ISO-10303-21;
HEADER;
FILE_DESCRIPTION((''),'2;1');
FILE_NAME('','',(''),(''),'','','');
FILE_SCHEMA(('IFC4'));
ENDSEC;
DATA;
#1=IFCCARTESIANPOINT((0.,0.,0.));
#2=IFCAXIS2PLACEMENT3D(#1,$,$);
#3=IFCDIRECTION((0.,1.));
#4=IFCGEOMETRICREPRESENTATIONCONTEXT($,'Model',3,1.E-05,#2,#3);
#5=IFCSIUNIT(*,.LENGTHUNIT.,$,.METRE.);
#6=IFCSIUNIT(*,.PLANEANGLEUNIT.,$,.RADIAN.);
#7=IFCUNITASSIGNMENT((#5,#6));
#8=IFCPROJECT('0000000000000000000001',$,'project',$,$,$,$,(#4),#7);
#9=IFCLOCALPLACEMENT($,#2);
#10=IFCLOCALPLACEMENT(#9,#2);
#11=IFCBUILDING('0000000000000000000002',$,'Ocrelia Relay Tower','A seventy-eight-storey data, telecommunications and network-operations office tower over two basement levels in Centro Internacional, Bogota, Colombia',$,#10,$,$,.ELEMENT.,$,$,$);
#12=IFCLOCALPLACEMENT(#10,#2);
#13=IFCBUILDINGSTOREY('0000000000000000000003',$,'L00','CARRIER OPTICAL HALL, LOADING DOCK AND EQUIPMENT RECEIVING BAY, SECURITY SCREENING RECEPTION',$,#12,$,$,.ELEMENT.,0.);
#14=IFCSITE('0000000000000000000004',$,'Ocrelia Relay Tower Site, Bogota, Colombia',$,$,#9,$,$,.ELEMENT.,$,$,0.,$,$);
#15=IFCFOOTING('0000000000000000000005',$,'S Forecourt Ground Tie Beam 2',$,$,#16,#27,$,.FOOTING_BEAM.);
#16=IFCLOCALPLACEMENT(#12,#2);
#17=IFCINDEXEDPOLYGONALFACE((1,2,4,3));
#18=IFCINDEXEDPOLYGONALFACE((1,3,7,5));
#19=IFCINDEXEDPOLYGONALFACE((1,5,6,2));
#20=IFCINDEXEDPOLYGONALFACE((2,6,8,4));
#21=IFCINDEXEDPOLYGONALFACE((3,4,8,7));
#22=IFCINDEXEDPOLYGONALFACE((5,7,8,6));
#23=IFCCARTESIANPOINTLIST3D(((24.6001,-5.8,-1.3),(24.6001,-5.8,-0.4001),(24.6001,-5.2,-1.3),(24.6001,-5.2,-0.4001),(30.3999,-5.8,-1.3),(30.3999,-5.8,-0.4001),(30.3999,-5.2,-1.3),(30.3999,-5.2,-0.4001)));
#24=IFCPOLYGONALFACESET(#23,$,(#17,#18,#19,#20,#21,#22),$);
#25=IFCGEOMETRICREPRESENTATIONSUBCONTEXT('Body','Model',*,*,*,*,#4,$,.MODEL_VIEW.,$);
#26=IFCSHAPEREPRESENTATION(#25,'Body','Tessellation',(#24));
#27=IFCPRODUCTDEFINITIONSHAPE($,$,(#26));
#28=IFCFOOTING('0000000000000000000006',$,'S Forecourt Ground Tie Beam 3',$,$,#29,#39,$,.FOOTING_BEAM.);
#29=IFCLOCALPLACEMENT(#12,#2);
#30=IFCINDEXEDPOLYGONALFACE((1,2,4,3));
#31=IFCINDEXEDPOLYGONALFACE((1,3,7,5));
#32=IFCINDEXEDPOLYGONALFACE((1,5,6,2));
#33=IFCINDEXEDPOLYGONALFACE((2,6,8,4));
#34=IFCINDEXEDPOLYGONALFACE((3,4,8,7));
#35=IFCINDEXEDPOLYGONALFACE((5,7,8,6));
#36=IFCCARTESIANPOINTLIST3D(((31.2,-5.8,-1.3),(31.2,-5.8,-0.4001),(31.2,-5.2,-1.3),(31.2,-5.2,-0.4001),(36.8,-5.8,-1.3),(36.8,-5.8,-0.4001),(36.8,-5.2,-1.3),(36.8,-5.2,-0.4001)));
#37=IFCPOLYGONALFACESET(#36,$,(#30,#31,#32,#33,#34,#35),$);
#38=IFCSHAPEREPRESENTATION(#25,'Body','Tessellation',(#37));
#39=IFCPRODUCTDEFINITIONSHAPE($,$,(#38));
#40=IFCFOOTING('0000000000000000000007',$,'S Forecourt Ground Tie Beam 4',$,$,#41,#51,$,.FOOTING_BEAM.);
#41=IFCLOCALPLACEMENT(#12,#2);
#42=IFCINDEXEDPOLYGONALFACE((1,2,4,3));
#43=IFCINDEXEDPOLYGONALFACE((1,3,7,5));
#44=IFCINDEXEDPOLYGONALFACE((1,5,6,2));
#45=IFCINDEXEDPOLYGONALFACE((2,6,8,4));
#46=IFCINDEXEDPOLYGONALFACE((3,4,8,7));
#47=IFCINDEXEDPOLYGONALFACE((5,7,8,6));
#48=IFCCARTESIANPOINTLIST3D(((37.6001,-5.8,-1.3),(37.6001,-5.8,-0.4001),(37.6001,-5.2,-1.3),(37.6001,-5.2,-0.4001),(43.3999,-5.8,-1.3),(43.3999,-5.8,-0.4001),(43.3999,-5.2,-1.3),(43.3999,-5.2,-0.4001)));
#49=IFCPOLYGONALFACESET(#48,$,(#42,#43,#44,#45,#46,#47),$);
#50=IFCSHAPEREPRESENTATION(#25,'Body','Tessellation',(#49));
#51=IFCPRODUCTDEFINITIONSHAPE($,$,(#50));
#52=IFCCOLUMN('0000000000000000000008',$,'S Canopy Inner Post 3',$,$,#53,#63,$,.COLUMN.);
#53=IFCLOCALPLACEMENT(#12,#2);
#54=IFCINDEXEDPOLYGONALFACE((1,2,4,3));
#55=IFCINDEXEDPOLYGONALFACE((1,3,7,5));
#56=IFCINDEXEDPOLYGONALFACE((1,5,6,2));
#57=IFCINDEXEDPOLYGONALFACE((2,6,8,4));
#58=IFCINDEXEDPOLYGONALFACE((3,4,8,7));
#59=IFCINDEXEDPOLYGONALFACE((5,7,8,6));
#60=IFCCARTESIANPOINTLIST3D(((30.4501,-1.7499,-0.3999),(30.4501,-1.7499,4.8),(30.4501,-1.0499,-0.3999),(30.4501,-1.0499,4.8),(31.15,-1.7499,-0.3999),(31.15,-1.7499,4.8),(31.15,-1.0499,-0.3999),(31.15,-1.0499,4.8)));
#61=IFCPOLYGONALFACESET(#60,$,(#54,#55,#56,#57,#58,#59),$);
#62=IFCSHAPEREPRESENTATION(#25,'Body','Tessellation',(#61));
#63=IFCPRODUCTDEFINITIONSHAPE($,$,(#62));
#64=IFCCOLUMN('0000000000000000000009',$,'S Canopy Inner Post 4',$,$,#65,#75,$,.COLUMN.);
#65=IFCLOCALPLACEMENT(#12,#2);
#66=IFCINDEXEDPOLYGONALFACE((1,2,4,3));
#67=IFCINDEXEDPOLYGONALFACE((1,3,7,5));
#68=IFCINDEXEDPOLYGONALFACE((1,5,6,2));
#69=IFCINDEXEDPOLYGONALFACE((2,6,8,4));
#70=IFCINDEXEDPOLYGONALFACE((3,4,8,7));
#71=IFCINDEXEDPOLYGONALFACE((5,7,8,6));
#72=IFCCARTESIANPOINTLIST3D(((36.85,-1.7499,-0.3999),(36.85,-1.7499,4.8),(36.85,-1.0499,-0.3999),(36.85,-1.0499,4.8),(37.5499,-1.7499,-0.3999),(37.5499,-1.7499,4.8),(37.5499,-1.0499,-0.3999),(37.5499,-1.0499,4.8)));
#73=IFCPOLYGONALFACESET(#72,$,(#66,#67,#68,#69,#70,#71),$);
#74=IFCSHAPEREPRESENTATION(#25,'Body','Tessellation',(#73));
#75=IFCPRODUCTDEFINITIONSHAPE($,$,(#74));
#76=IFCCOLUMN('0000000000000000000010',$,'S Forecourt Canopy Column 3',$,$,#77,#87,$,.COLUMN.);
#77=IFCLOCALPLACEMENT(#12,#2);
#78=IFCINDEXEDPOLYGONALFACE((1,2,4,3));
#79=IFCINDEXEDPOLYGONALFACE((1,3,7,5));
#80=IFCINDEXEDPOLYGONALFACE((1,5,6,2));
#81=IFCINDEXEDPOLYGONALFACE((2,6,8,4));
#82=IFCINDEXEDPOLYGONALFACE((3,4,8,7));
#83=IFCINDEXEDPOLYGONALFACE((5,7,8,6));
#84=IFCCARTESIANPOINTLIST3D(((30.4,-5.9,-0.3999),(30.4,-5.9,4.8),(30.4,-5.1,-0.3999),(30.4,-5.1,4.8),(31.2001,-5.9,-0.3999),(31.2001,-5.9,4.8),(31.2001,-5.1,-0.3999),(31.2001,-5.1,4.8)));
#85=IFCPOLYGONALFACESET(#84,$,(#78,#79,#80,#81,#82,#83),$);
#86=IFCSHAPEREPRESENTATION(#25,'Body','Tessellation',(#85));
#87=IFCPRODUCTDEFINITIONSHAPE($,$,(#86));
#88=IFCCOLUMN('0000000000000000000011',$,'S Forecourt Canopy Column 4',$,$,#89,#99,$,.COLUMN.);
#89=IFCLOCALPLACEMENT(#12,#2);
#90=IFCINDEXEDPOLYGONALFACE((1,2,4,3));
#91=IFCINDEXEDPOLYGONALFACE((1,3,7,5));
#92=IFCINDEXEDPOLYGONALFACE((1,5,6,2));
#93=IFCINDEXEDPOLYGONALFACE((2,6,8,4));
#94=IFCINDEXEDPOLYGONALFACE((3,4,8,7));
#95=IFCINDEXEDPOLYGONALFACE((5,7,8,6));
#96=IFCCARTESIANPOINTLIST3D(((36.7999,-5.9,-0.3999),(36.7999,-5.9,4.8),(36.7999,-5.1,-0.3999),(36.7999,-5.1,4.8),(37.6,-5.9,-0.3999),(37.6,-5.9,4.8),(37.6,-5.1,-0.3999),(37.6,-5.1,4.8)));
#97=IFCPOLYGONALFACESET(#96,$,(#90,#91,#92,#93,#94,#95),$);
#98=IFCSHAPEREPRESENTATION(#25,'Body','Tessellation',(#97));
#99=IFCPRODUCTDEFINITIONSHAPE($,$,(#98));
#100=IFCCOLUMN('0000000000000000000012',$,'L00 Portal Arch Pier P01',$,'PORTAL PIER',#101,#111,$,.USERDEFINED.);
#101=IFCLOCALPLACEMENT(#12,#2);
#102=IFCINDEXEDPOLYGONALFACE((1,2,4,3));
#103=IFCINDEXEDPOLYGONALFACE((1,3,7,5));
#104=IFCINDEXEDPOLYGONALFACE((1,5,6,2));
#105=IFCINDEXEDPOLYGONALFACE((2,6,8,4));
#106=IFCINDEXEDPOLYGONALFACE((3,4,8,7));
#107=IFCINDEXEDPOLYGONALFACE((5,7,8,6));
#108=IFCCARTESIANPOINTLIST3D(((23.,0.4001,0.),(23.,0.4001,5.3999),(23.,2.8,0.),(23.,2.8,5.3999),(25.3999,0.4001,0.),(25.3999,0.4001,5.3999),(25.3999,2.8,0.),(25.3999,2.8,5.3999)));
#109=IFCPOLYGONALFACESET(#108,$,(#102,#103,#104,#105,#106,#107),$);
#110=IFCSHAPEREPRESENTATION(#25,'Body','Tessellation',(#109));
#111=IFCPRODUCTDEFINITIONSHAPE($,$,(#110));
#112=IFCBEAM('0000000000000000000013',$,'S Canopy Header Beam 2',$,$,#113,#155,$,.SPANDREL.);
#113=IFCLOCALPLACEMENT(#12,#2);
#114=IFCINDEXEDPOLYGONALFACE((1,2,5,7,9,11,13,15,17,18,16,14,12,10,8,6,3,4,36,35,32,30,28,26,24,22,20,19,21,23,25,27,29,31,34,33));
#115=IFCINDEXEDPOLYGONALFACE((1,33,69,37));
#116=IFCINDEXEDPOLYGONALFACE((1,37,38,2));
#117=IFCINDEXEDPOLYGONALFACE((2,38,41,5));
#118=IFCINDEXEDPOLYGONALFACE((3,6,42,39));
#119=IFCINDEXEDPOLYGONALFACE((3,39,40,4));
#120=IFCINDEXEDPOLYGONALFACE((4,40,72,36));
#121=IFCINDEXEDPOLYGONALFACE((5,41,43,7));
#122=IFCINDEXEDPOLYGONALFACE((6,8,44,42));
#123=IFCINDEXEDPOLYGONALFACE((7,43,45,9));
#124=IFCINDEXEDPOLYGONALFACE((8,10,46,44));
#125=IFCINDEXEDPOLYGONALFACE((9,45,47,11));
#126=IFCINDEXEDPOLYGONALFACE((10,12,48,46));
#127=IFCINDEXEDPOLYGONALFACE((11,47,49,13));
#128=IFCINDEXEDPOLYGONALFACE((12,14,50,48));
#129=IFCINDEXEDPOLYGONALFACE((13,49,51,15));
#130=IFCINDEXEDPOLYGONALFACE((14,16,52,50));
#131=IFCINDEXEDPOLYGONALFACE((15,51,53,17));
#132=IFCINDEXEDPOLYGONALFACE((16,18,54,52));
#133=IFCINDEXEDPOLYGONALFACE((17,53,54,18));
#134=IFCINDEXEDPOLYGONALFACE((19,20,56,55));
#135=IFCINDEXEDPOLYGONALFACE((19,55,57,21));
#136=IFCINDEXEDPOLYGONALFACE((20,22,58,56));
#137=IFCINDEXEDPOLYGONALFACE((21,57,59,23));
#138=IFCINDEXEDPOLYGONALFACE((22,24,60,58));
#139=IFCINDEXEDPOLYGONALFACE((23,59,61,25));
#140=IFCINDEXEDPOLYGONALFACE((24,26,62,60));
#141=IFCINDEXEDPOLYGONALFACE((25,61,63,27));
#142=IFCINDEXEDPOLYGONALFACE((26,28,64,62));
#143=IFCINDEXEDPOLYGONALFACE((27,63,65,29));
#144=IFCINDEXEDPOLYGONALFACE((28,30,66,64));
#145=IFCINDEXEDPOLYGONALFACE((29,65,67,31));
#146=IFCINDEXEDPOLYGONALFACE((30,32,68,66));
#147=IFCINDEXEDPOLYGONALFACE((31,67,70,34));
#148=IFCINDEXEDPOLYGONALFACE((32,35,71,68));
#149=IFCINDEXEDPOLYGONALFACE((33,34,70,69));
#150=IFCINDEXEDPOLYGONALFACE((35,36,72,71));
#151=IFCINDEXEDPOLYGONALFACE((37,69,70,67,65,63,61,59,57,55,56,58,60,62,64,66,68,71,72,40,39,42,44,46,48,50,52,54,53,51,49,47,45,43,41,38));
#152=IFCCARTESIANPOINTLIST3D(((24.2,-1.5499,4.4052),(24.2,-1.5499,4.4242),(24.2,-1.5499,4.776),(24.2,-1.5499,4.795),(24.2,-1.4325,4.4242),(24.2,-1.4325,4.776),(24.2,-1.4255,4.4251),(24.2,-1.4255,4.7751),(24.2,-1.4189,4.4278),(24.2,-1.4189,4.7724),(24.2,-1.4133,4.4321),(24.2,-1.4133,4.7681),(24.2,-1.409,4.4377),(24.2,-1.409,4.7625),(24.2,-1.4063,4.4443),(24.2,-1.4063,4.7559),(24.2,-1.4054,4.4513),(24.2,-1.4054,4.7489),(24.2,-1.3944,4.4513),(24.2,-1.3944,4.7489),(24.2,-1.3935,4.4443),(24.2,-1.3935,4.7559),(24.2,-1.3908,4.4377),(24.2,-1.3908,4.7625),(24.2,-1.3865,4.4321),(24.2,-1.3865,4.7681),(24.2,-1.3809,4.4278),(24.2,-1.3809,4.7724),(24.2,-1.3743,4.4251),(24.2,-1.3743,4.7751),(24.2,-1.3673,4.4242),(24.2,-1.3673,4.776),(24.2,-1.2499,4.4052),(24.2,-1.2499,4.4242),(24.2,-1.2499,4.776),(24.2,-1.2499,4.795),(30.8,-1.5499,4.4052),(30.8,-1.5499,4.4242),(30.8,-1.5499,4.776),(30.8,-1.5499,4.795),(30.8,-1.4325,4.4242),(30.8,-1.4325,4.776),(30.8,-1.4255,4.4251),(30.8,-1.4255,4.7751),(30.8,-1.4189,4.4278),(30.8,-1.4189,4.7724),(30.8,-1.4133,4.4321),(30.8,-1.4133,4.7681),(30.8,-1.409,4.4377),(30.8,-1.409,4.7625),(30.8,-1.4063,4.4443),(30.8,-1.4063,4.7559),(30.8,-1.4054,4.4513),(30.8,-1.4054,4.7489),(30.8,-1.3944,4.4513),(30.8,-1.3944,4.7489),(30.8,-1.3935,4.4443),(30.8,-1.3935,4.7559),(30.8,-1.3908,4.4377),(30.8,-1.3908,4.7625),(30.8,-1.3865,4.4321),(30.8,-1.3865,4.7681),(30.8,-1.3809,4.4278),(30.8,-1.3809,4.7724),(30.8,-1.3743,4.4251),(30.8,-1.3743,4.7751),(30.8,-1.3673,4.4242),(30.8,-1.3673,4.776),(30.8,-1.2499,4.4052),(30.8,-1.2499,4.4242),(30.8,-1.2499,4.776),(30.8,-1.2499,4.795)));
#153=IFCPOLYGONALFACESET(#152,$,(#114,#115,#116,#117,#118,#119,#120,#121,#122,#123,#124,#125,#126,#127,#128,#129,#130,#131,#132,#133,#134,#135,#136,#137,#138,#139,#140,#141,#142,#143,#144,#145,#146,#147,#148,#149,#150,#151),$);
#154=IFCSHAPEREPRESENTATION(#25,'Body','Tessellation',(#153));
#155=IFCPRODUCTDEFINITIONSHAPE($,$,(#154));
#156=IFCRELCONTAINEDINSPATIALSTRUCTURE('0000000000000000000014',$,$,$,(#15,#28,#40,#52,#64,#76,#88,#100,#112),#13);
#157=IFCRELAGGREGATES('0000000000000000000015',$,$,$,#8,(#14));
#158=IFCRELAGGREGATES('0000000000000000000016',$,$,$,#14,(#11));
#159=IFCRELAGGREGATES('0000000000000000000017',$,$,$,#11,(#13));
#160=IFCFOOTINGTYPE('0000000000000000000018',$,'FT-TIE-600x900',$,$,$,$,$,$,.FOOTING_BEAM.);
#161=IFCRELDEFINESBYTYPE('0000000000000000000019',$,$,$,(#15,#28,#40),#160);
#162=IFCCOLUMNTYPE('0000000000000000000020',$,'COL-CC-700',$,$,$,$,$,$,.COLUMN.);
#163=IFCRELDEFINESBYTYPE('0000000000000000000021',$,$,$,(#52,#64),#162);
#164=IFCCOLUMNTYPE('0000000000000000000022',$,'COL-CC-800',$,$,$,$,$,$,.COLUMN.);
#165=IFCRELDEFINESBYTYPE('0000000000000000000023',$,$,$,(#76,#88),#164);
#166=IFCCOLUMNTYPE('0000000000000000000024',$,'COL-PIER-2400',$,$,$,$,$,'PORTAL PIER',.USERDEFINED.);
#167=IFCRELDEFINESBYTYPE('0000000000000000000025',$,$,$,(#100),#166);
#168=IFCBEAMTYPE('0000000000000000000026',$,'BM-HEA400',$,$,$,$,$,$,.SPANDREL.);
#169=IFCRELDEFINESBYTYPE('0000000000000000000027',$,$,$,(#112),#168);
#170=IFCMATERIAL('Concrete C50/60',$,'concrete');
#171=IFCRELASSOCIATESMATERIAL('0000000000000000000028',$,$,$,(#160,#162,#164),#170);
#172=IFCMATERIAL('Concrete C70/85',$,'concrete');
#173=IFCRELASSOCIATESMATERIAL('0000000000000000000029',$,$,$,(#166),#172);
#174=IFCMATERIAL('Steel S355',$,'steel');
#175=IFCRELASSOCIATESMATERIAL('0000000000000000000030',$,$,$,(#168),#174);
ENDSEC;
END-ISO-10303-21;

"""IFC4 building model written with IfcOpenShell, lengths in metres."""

from ifc_helpers import new_model, si_unit, direction, frame, origin, origin_2d, place, context, subcontext, project, spatial, rectangle, i_section, extrude, material, material_profile, profile_set, type_object, element, save


model = new_model("IFC4")

# Units and contexts
model_context = context("Model", 3, precision=1e-05, world=origin(), true_north=direction((0.0, 1.0)))
body_context = subcontext(model_context, "Body", "Model", "MODEL_VIEW")
ifc_project = project(units=[si_unit("LENGTHUNIT", "METRE"), si_unit("PLANEANGLEUNIT", "RADIAN")], contexts=[model_context])

# Site, building, storey
site_placement = place(None, origin())
site = spatial("IfcSite", under=ifc_project, at=site_placement, Name="Ocrelia Relay Tower Site, Bogota, Colombia", CompositionType="ELEMENT", RefElevation=0.0)
building_placement = place(site_placement, origin())
building = spatial("IfcBuilding", under=site, at=building_placement, Name="Ocrelia Relay Tower", Description="A seventy-eight-storey data, telecommunications and network-operations office tower over two basement levels in Centro Internacional, Bogota, Colombia", CompositionType="ELEMENT")
storey_placement = place(building_placement, origin())
storey = spatial("IfcBuildingStorey", under=building, at=storey_placement, Name="L00", Description="CARRIER OPTICAL HALL, LOADING DOCK AND EQUIPMENT RECEIVING BAY, SECURITY SCREENING RECEPTION", CompositionType="ELEMENT", Elevation=0.0)

# Footings
ifc_material_1 = material(Name="Concrete C50/60", Category="concrete")
ifc_material_profile_1 = material_profile(ifc_material_1, rectangle(XDim=0.6001, YDim=0.8999, at=origin_2d()), Name="RC-BM-600x900")
ifc_profile_set_1 = profile_set([ifc_material_profile_1], Name="Concrete C50/60")
footing_type = type_object("IfcFootingType", Name="FT-TIE-600x900", PredefinedType="FOOTING_BEAM", material=ifc_profile_set_1)
footing_1_placement = place(storey_placement, frame((24.6001, -5.5, -0.8501), z_axis=(1.0, 0.0, 0.0), x_axis=(0.0, 1.0, 0.0)))
element("IfcFooting", 1, at=footing_1_placement, inside=storey, type_object=footing_type, Name="S Forecourt Ground Tie Beam 2", PredefinedType="FOOTING_BEAM", context=body_context, shape_type="SweptSolid", body=[
    extrude(rectangle(XDim=0.6001, YDim=0.8999, at=origin_2d()), origin(), (0.0, 0.0, 1.0), 5.7998),
])
footing_2_placement = place(storey_placement, frame((31.2, -5.5, -0.8501), z_axis=(1.0, 0.0, 0.0), x_axis=(0.0, 1.0, 0.0)))
element("IfcFooting", 2, at=footing_2_placement, inside=storey, type_object=footing_type, Name="S Forecourt Ground Tie Beam 3", PredefinedType="FOOTING_BEAM", context=body_context, shape_type="SweptSolid", body=[
    extrude(rectangle(XDim=0.6001, YDim=0.8999, at=origin_2d()), origin(), (0.0, 0.0, 1.0), 5.6001),
])
footing_3_placement = place(storey_placement, frame((37.6001, -5.5, -0.8501), z_axis=(1.0, 0.0, 0.0), x_axis=(0.0, 1.0, 0.0)))
element("IfcFooting", 3, at=footing_3_placement, inside=storey, type_object=footing_type, Name="S Forecourt Ground Tie Beam 4", PredefinedType="FOOTING_BEAM", context=body_context, shape_type="SweptSolid", body=[
    extrude(rectangle(XDim=0.6001, YDim=0.8999, at=origin_2d()), origin(), (0.0, 0.0, 1.0), 5.7998),
])

# Columns
ifc_material_profile_2 = material_profile(ifc_material_1, rectangle(XDim=0.7, YDim=0.7, at=origin_2d()), Name="RC-COL-700x700")
ifc_profile_set_2 = profile_set([ifc_material_profile_2], Name="Concrete C50/60")
column_type_1 = type_object("IfcColumnType", Name="COL-CC-700", PredefinedType="COLUMN", material=ifc_profile_set_2)
for number, where, z_axis, x_axis, name in (
    (4, (30.8, -1.3999, -0.3999), (0.0, 0.0, 1.0), (1.0, 0.0, 0.0), "S Canopy Inner Post 3"),
    (5, (37.2, -1.3999, -0.3999), (0.0, 0.0, 1.0), (1.0, 0.0, 0.0), "S Canopy Inner Post 4"),
):
    element("IfcColumn", number, at=place(storey_placement, frame(where, z_axis=z_axis, x_axis=x_axis)), inside=storey, type_object=column_type_1, Name=name, PredefinedType="COLUMN", context=body_context, shape_type="SweptSolid", body=[
        extrude(rectangle(XDim=0.7, YDim=0.7, at=origin_2d()), origin(), (0.0, 0.0, 1.0), 5.2),
    ])
ifc_material_profile_3 = material_profile(ifc_material_1, rectangle(XDim=0.8, YDim=0.8, at=origin_2d()), Name="RC-COL-800x800")
ifc_profile_set_3 = profile_set([ifc_material_profile_3], Name="Concrete C50/60")
column_type_2 = type_object("IfcColumnType", Name="COL-CC-800", PredefinedType="COLUMN", material=ifc_profile_set_3)
for number, where, z_axis, x_axis, name in (
    (6, (30.8, -5.5, -0.3999), (0.0, 0.0, 1.0), (1.0, 0.0, 0.0), "S Forecourt Canopy Column 3"),
    (7, (37.2, -5.5, -0.3999), (0.0, 0.0, 1.0), (1.0, 0.0, 0.0), "S Forecourt Canopy Column 4"),
):
    element("IfcColumn", number, at=place(storey_placement, frame(where, z_axis=z_axis, x_axis=x_axis)), inside=storey, type_object=column_type_2, Name=name, PredefinedType="COLUMN", context=body_context, shape_type="SweptSolid", body=[
        extrude(rectangle(XDim=0.8, YDim=0.8, at=origin_2d()), origin(), (0.0, 0.0, 1.0), 5.2),
    ])
ifc_material_2 = material(Name="Concrete C70/85", Category="concrete")
ifc_material_profile_4 = material_profile(ifc_material_2, rectangle(XDim=2.3999, YDim=2.3999, at=origin_2d()), Name="RC-PIER-2400x2400")
ifc_profile_set_4 = profile_set([ifc_material_profile_4], Name="Concrete C70/85")
column_type_3 = type_object("IfcColumnType", Name="COL-PIER-2400", ElementType="PORTAL PIER", PredefinedType="USERDEFINED", material=ifc_profile_set_4)
column_placement = place(storey_placement, frame((24.2, 1.6001, 0.0), z_axis=(0.0, 0.0, 1.0), x_axis=(1.0, 0.0, 0.0)))
element("IfcColumn", 8, at=column_placement, inside=storey, type_object=column_type_3, Name="L00 Portal Arch Pier P01", ObjectType="PORTAL PIER", PredefinedType="USERDEFINED", context=body_context, shape_type="SweptSolid", body=[
    extrude(rectangle(XDim=2.3999, YDim=2.3999, at=origin_2d()), origin(), (0.0, 0.0, 1.0), 5.3999),
])

# Beam
ifc_material_3 = material(Name="Steel S355", Category="steel")
ifc_material_profile_5 = material_profile(ifc_material_3, i_section(OverallWidth=0.3, OverallDepth=0.3899, WebThickness=0.011, FlangeThickness=0.019, FilletRadius=0.0271, at=origin_2d()), Name="HEA 400")
ifc_profile_set_5 = profile_set([ifc_material_profile_5], Name="Steel S355")
beam_type = type_object("IfcBeamType", Name="BM-HEA400", PredefinedType="SPANDREL", material=ifc_profile_set_5)
beam_placement = place(storey_placement, frame((24.2, -1.3999, 4.6001), z_axis=(1.0, 0.0, 0.0), x_axis=(0.0, 1.0, 0.0)))
element("IfcBeam", 9, at=beam_placement, inside=storey, type_object=beam_type, Name="S Canopy Header Beam 2", PredefinedType="SPANDREL", context=body_context, shape_type="SweptSolid", body=[
    extrude(i_section(OverallWidth=0.3, OverallDepth=0.3899, WebThickness=0.011, FlangeThickness=0.019, FilletRadius=0.0271, at=origin_2d()), origin(), (0.0, 0.0, 1.0), 6.6001),
])

save(model, "model.ifc")
